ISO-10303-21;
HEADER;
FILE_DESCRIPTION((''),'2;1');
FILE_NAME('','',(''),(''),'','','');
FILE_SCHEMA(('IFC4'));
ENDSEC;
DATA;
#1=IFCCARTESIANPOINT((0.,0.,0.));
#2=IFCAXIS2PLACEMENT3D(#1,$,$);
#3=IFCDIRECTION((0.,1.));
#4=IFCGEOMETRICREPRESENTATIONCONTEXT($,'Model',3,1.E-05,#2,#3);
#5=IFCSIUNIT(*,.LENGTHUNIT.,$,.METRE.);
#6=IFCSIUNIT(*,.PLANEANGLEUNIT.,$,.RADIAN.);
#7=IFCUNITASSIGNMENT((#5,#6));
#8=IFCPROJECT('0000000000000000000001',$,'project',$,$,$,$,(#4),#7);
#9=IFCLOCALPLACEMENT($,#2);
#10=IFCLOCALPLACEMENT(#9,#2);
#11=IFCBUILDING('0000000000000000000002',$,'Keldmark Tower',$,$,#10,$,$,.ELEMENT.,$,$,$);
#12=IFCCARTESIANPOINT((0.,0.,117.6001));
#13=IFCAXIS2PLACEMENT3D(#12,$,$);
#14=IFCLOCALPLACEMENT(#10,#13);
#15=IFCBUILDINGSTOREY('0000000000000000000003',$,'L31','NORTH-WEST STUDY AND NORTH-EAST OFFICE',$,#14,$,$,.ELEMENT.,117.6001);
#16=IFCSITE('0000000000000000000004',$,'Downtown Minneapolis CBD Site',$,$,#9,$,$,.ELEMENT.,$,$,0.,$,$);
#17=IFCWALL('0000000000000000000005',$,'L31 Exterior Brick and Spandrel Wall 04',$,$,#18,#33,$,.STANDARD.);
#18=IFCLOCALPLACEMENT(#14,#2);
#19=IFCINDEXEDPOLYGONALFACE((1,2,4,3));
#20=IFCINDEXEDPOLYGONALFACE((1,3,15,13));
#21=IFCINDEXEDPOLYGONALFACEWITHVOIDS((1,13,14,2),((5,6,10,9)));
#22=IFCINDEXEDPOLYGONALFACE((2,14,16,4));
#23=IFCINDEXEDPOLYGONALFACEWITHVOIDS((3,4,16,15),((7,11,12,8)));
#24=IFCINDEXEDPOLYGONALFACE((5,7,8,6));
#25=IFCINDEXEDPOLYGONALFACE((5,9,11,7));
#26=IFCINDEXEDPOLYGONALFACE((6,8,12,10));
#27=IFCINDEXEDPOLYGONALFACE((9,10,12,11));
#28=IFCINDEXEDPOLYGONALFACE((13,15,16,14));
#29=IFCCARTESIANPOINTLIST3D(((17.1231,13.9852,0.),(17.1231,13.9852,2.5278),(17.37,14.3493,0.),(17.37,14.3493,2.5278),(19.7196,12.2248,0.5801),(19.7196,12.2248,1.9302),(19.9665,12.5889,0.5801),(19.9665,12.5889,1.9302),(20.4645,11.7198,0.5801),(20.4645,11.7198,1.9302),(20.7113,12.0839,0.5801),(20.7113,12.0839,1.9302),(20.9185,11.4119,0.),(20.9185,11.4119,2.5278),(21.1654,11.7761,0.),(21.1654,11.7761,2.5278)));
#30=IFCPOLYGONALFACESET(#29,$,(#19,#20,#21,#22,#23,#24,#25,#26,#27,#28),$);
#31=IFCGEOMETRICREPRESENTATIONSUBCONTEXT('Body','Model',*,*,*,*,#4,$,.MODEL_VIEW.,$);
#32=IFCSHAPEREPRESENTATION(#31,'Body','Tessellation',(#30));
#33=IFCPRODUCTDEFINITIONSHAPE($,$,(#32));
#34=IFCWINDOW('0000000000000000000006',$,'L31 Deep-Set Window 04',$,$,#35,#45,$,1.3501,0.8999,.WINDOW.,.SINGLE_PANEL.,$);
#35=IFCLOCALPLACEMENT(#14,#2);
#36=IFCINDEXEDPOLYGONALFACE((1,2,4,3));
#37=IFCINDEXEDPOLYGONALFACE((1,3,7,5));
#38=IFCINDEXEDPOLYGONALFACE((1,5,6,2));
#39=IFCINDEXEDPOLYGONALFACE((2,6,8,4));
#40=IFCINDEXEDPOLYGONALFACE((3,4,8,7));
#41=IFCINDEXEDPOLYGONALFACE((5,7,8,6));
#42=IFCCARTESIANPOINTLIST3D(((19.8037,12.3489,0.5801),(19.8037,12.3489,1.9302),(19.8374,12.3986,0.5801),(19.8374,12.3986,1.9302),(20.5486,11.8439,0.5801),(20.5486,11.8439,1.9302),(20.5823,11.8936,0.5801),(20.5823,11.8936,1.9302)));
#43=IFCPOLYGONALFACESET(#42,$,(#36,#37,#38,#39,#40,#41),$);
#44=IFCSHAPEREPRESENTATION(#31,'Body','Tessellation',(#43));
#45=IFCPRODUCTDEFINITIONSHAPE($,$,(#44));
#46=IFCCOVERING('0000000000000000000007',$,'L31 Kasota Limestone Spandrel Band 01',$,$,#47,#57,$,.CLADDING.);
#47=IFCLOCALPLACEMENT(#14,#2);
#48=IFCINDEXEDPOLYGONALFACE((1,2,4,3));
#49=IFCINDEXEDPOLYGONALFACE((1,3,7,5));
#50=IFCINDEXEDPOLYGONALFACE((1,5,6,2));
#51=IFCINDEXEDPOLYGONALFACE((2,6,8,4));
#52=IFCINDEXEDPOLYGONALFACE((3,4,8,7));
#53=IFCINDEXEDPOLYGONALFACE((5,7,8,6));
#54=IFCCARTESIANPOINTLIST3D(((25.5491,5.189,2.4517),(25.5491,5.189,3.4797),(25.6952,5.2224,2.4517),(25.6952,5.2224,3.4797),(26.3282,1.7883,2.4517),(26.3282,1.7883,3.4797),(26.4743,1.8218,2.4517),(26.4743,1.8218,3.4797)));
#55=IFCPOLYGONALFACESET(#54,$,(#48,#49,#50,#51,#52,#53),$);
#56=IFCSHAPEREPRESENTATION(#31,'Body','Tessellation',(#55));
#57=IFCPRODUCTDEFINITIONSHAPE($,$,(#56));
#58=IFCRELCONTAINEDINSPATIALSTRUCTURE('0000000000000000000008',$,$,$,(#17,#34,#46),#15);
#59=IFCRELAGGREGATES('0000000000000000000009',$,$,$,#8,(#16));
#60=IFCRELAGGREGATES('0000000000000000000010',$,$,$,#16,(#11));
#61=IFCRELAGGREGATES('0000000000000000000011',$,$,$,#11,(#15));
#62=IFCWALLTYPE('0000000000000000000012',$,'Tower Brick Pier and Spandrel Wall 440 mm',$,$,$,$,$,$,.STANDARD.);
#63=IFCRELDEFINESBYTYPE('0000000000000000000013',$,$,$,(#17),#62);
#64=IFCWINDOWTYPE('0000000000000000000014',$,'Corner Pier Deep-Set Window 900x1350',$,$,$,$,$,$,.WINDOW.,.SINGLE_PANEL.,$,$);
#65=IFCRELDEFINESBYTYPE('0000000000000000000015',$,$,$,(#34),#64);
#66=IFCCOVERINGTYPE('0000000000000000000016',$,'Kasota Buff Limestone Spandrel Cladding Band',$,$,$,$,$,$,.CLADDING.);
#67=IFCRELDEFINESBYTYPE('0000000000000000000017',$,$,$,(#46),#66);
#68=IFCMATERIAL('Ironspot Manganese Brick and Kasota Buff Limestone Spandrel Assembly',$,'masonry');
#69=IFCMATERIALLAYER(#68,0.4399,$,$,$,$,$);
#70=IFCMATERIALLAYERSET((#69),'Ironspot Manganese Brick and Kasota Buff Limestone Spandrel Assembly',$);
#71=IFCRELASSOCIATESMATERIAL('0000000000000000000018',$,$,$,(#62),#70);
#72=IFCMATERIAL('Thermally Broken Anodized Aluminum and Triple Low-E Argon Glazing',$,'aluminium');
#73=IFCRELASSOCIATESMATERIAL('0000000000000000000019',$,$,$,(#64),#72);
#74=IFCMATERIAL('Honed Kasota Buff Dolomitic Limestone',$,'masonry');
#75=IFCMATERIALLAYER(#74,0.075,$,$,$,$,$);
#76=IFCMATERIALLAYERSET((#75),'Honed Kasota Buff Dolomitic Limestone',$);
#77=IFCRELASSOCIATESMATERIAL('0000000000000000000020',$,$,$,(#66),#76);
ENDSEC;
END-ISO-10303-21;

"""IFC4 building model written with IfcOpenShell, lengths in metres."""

from ifc_helpers import new_model, si_unit, direction, frame, frame_2d, origin, origin_2d, place, context, subcontext, project, spatial, rectangle, extrude, material, layer, layer_set, type_object, element, fill, save


model = new_model("IFC4")

# Units and contexts
model_context = context("Model", 3, precision=1e-05, world=origin(), true_north=direction((0.0, 1.0)))
body_context = subcontext(model_context, "Body", "Model", "MODEL_VIEW")
ifc_project = project(units=[si_unit("LENGTHUNIT", "METRE"), si_unit("PLANEANGLEUNIT", "RADIAN")], contexts=[model_context])

# Site, building, storey
site_placement = place(None, origin())
site = spatial("IfcSite", under=ifc_project, at=site_placement, Name="Downtown Minneapolis CBD Site", CompositionType="ELEMENT", RefElevation=0.0)
building_placement = place(site_placement, origin())
building = spatial("IfcBuilding", under=site, at=building_placement, Name="Keldmark Tower", CompositionType="ELEMENT")
storey_placement = place(building_placement, frame((0.0, 0.0, 117.6001)))
storey = spatial("IfcBuildingStorey", under=building, at=storey_placement, Name="L31", Description="NORTH-WEST STUDY AND NORTH-EAST OFFICE", CompositionType="ELEMENT", Elevation=117.6001)

# Shared definitions
ifc_material_1 = material(Name="Ironspot Manganese Brick and Kasota Buff Limestone Spandrel Assembly", Category="masonry")
ifc_layer_1 = layer(ifc_material_1, 0.4399)
ifc_layer_set_1 = layer_set([ifc_layer_1], Name="Ironspot Manganese Brick and Kasota Buff Limestone Spandrel Assembly")
wall_type_1 = type_object("IfcWallType", Name="Tower Brick Pier and Spandrel Wall 440 mm", PredefinedType="STANDARD", material=ifc_layer_set_1)

# Wall, opening, window
ifc_material_2 = material(Name="Thermally Broken Anodized Aluminum and Triple Low-E Argon Glazing", Category="aluminium")
window_type = type_object("IfcWindowType", Name="Corner Pier Deep-Set Window 900x1350", PartitioningType="SINGLE_PANEL", PredefinedType="WINDOW", material=ifc_material_2)
wall_1_placement = place(storey_placement, frame((17.2466, 14.1672, 0.0), z_axis=(0.0, 0.0, 1.0), x_axis=(0.8277, -0.561171, 0.0)))
wall_1 = element("IfcWall", 1, at=wall_1_placement, inside=storey, type_object=wall_type_1, Name="L31 Exterior Brick and Spandrel Wall 04", PredefinedType="STANDARD", context=body_context, shape_type="SweptSolid", body=[
    extrude(rectangle(XDim=4.5854, YDim=0.4399, at=frame_2d((2.2927, 0.0))), origin(), (0.0, 0.0, 1.0), 2.5278),
])
opening_1_placement = place(wall_1_placement, frame((3.137, 0.0, 0.5801)))
opening_1 = element("IfcOpeningElement", 2, at=opening_1_placement, cuts=wall_1, PredefinedType="OPENING", context=body_context, shape_type="SweptSolid", body=[
    extrude(rectangle(XDim=0.8999, YDim=1.3501, at=frame_2d((0.45, 0.675))), frame((0.0, 0.23, 0.0), z_axis=(0.0, -1.0, 0.0), x_axis=(1.0, 0.0, 0.0)), (0.0, 0.0, 1.0), 0.46),
])
window_1_placement = place(opening_1_placement, origin())
window_1 = element("IfcWindow", 3, at=window_1_placement, inside=storey, type_object=window_type, Name="L31 Deep-Set Window 04", OverallHeight=1.3501, OverallWidth=0.8999, PartitioningType="SINGLE_PANEL", PredefinedType="WINDOW", context=body_context, shape_type="SweptSolid", body=[
    extrude(rectangle(XDim=0.8999, YDim=1.3501, at=frame_2d((0.45, 0.675))), frame((0.0, -0.01, 0.0), z_axis=(0.0, -1.0, 0.0), x_axis=(1.0, 0.0, 0.0)), (0.0, 0.0, 1.0), 0.0601),
])
fill(opening_1, window_1)

# Covering
ifc_material_3 = material(Name="Honed Kasota Buff Dolomitic Limestone", Category="masonry")
ifc_layer_2 = layer(ifc_material_3, 0.075)
ifc_layer_set_2 = layer_set([ifc_layer_2], Name="Honed Kasota Buff Dolomitic Limestone")
covering_type = type_object("IfcCoveringType", Name="Kasota Buff Limestone Spandrel Cladding Band", PredefinedType="CLADDING", material=ifc_layer_set_2)
covering_placement = place(storey_placement, frame((26.0117, 3.5054, 2.4517), z_axis=(0.0, 0.0, 1.0), x_axis=(-0.223318, 0.974746, 0.0)))
element("IfcCovering", 4, at=covering_placement, inside=storey, type_object=covering_type, Name="L31 Kasota Limestone Spandrel Band 01", PredefinedType="CLADDING", context=body_context, shape_type="SweptSolid", body=[
    extrude(rectangle(XDim=3.4888, YDim=0.1499, at=origin_2d()), origin(), (0.0, 0.0, 1.0), 1.0281),
])

save(model, "model.ifc")
